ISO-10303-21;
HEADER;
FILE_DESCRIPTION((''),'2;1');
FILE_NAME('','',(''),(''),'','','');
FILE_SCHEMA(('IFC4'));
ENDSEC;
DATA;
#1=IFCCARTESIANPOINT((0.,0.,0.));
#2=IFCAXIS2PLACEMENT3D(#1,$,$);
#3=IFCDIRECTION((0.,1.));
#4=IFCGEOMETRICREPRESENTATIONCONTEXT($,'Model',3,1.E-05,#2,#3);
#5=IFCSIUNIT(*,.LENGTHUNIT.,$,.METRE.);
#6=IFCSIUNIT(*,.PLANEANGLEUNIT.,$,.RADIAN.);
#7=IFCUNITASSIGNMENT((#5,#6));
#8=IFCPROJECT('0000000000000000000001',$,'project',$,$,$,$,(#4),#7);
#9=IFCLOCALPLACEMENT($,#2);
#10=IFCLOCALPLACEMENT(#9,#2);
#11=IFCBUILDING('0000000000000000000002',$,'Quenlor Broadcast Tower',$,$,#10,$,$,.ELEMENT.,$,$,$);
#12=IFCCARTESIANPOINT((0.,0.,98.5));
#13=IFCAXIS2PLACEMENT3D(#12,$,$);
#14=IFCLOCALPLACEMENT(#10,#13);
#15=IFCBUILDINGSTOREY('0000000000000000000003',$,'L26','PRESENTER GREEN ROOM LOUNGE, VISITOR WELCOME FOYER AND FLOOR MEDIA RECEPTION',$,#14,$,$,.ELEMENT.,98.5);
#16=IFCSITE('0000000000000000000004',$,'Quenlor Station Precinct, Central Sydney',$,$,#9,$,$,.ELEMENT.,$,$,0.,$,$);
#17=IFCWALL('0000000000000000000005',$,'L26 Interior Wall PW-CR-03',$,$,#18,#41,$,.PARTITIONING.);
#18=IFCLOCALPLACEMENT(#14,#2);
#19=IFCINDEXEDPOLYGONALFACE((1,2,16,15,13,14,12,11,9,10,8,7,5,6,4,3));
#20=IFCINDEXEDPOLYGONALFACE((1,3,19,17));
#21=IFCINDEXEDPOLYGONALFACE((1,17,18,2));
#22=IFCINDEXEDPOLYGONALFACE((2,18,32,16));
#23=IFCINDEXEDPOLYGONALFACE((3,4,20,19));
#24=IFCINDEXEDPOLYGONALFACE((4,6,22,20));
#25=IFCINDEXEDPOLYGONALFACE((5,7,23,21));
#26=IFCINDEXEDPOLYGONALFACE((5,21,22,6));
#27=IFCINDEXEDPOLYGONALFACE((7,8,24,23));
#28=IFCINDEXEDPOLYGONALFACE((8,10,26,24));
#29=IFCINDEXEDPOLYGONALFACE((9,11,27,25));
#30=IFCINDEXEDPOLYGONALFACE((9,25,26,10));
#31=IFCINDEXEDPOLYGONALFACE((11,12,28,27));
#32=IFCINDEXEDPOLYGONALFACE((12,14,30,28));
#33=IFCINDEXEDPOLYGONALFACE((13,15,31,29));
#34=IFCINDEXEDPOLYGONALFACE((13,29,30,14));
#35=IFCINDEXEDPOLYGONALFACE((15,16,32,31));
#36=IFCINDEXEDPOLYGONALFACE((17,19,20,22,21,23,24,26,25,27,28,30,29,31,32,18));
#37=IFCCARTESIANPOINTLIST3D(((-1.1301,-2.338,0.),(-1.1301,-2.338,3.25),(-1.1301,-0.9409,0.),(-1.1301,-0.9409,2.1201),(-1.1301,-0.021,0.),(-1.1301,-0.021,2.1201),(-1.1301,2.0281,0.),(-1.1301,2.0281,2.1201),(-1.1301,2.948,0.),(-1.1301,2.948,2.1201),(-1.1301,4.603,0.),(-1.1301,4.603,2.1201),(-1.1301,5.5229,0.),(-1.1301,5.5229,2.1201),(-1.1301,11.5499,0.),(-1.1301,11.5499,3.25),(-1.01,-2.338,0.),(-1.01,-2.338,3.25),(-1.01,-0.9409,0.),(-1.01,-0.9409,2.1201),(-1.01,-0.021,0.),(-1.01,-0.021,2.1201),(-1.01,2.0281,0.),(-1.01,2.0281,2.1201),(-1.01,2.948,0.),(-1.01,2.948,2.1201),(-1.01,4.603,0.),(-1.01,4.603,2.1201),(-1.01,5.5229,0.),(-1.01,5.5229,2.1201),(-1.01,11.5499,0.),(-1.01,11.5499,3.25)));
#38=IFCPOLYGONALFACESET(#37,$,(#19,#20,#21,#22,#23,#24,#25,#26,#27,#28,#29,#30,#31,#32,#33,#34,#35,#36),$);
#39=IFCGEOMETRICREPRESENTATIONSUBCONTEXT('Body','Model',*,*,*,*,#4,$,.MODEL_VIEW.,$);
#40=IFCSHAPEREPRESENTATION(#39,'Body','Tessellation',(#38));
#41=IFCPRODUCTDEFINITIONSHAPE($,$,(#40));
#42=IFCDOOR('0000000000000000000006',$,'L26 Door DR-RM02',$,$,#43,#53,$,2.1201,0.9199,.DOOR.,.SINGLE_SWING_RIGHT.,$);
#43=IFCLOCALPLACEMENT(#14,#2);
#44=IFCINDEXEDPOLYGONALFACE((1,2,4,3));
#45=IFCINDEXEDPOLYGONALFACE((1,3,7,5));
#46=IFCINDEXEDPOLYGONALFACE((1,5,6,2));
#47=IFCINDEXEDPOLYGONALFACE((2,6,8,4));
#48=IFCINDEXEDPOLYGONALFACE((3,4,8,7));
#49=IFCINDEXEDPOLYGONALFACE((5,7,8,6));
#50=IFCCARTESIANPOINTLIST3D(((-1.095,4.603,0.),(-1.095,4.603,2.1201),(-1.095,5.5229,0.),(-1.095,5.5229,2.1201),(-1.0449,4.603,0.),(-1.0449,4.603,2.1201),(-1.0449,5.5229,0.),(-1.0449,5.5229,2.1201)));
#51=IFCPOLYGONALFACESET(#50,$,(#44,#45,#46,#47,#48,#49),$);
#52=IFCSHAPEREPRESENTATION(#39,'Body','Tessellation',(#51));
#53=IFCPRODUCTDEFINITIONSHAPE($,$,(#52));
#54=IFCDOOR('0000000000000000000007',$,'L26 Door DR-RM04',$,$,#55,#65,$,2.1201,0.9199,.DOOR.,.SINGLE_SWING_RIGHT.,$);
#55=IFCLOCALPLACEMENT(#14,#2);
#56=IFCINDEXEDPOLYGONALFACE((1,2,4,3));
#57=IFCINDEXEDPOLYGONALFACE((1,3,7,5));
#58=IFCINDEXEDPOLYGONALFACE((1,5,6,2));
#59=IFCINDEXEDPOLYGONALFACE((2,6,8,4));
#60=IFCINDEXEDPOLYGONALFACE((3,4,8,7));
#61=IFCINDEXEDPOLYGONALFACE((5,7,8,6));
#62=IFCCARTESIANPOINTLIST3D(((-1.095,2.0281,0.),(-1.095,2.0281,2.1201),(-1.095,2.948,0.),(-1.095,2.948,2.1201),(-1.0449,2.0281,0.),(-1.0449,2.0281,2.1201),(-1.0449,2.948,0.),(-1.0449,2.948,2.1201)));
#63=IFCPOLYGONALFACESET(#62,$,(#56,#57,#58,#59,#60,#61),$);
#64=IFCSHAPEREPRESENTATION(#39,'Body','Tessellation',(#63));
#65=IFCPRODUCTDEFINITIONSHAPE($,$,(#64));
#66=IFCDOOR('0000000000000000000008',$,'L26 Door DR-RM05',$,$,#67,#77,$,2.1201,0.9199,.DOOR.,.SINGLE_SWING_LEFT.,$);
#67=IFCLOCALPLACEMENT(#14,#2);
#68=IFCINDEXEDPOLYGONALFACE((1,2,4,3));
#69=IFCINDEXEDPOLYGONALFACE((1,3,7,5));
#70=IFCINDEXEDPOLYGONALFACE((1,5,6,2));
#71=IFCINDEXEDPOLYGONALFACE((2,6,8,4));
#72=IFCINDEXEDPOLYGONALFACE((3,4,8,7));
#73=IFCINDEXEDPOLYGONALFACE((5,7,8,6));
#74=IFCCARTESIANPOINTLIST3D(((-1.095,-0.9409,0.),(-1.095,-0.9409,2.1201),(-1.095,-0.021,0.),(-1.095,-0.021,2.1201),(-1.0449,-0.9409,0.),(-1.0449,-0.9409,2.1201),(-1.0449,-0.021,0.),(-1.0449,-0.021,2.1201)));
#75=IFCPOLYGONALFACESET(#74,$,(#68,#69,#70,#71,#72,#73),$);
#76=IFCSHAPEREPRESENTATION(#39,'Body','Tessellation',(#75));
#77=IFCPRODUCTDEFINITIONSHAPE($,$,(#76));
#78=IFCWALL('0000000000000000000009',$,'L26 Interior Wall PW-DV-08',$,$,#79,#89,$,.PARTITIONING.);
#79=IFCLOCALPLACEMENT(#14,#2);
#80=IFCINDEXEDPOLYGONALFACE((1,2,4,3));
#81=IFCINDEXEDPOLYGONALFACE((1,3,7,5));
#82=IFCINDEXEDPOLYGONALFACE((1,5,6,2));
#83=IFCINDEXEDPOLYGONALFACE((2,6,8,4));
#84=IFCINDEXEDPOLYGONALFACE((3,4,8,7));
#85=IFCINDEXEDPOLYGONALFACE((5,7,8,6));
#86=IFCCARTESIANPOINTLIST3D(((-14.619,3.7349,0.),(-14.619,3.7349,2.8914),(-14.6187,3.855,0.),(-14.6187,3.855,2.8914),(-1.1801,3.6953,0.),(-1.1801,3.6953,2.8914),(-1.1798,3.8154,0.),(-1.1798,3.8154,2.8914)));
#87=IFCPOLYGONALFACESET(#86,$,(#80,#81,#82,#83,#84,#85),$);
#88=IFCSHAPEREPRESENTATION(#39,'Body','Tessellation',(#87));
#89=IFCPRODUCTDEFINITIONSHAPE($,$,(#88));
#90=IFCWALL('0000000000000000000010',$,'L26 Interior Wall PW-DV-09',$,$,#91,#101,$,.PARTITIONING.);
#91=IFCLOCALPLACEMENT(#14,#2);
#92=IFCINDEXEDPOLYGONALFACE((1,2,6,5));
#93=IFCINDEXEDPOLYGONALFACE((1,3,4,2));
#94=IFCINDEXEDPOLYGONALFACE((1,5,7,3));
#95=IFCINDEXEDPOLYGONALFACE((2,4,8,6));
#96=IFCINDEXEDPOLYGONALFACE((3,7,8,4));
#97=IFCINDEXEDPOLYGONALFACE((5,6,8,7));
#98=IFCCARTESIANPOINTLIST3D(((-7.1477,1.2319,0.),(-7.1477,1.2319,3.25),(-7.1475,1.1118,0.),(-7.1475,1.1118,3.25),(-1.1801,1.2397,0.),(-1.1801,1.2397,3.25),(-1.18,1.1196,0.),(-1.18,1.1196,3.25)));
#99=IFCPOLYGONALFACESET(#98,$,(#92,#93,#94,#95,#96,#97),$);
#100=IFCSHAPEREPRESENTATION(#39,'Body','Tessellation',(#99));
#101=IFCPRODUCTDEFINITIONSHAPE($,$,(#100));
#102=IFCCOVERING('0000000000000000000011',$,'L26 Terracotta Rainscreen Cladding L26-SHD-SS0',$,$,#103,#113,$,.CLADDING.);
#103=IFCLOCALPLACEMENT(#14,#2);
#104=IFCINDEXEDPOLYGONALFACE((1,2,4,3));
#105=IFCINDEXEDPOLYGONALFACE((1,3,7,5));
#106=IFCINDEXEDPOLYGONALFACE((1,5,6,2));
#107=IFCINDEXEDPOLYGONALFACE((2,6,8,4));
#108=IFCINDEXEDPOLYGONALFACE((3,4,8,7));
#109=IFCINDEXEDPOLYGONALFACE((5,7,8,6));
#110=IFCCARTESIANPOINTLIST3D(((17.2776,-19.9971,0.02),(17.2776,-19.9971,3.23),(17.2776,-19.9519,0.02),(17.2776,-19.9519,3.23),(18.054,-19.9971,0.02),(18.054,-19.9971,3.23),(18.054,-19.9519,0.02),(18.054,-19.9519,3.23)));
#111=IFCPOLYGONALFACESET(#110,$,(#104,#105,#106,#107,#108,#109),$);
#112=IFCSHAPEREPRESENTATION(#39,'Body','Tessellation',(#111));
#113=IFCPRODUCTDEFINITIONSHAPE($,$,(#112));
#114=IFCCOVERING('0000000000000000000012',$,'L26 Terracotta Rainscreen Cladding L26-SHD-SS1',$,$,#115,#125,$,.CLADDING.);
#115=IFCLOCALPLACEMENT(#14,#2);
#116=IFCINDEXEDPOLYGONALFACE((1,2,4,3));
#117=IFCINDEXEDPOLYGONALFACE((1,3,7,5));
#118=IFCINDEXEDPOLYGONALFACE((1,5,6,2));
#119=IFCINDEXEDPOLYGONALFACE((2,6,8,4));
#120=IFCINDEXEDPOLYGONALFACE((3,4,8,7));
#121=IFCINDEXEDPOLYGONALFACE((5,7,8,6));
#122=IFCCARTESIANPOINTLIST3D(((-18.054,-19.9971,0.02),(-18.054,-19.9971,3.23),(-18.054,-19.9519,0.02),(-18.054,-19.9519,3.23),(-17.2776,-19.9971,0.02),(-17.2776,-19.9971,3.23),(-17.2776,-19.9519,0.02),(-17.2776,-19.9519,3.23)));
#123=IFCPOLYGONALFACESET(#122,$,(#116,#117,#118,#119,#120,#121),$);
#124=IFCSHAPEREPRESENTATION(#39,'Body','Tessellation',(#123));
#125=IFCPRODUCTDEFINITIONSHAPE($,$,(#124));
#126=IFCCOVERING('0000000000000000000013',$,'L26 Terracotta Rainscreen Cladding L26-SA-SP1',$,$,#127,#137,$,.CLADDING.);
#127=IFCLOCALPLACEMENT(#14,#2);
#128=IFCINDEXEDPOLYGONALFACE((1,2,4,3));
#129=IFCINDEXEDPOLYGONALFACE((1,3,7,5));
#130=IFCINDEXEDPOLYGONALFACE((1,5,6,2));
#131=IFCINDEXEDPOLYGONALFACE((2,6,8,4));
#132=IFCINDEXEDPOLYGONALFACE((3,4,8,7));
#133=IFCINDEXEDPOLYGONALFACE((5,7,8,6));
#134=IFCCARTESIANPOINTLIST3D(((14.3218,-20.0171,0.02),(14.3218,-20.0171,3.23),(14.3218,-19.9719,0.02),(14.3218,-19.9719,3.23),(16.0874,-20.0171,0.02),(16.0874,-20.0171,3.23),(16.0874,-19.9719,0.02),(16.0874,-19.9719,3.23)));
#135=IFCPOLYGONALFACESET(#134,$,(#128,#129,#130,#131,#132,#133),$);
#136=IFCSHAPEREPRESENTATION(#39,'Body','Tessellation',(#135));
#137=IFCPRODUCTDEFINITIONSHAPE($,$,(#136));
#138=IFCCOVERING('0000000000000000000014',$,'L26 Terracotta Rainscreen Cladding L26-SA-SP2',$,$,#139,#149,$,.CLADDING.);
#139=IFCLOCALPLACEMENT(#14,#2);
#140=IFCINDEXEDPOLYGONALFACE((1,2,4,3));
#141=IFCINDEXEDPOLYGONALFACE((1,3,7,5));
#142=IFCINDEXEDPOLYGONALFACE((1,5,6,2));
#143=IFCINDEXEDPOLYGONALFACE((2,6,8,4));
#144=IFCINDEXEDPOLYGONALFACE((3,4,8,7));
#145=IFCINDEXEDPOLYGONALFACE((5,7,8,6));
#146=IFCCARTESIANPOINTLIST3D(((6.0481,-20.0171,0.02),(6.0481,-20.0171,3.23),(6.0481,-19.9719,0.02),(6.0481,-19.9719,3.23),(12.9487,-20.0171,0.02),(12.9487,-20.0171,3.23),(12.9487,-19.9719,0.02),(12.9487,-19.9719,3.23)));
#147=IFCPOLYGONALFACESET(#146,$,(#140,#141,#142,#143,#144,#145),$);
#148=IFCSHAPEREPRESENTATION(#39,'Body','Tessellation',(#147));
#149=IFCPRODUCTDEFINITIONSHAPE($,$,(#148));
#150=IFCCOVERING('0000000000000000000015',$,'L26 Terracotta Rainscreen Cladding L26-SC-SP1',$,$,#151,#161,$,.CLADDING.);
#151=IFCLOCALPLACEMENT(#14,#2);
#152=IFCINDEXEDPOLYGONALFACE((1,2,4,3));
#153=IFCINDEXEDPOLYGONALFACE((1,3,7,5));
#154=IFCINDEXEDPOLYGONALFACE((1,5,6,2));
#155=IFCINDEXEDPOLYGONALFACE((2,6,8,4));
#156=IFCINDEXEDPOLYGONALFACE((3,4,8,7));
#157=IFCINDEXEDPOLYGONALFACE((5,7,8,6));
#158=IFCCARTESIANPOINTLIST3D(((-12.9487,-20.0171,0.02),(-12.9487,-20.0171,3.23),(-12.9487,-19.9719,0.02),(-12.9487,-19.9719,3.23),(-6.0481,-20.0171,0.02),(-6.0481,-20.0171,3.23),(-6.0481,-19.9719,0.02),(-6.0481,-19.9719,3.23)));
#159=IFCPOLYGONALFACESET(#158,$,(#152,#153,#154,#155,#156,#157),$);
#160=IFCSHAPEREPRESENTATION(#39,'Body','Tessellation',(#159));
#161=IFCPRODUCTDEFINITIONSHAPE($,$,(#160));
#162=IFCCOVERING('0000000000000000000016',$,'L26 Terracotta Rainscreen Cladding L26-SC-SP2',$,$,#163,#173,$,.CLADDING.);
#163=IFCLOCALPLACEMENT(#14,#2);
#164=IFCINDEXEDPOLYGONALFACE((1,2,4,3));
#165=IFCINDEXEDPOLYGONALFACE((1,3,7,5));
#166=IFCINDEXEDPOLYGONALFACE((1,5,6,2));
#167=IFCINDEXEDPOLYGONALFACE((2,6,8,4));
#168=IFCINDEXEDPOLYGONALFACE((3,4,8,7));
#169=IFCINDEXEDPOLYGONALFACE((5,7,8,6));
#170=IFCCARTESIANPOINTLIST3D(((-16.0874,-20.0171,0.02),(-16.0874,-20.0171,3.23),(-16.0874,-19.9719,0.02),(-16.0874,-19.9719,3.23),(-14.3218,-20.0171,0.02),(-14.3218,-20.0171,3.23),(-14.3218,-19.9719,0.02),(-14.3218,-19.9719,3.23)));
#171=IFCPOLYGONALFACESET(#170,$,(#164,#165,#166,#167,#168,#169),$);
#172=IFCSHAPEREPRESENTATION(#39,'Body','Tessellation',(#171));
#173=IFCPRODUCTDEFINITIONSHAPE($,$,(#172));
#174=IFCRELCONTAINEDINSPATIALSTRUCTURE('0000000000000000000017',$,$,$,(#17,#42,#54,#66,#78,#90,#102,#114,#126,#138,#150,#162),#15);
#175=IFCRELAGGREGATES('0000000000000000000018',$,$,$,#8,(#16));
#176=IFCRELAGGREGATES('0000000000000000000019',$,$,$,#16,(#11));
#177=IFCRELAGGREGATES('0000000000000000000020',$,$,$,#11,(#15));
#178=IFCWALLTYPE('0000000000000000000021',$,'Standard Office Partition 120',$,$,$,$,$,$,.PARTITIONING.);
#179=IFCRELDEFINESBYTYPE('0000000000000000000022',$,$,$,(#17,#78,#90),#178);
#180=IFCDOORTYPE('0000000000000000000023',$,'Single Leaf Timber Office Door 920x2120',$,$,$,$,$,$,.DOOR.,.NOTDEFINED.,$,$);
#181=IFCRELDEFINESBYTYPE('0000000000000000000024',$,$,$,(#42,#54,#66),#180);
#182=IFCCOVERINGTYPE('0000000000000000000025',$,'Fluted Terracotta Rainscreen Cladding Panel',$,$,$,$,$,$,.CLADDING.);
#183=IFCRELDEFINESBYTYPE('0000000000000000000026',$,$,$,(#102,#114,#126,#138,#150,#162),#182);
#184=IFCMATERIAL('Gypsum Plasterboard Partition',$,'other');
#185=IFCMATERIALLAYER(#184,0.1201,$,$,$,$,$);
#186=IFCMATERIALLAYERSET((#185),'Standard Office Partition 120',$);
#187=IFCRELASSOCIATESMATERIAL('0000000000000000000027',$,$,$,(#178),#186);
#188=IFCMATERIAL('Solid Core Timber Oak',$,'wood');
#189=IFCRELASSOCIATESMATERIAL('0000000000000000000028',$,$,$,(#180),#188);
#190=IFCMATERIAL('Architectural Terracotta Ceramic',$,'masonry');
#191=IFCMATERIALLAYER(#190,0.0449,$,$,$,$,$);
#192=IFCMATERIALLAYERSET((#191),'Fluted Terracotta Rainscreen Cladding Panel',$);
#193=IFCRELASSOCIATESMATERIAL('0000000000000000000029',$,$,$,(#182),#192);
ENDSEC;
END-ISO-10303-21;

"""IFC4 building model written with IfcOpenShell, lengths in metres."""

from ifc_helpers import new_model, si_unit, direction, frame, frame_2d, origin, place, context, subcontext, project, spatial, polyline, rectangle, outline, extrude, material, layer, layer_set, type_object, element, fill, save


model = new_model("IFC4")

# Units and contexts
model_context = context("Model", 3, precision=1e-05, world=origin(), true_north=direction((0.0, 1.0)))
body_context = subcontext(model_context, "Body", "Model", "MODEL_VIEW")
ifc_project = project(units=[si_unit("LENGTHUNIT", "METRE"), si_unit("PLANEANGLEUNIT", "RADIAN")], contexts=[model_context])

# Site, building, storey
site_placement = place(None, origin())
site = spatial("IfcSite", under=ifc_project, at=site_placement, Name="Quenlor Station Precinct, Central Sydney", CompositionType="ELEMENT", RefElevation=0.0)
building_placement = place(site_placement, origin())
building = spatial("IfcBuilding", under=site, at=building_placement, Name="Quenlor Broadcast Tower", CompositionType="ELEMENT")
storey_placement = place(building_placement, frame((0.0, 0.0, 98.5)))
storey = spatial("IfcBuildingStorey", under=building, at=storey_placement, Name="L26", Description="PRESENTER GREEN ROOM LOUNGE, VISITOR WELCOME FOYER AND FLOOR MEDIA RECEPTION", CompositionType="ELEMENT", Elevation=98.5)

# Shared definitions
ifc_material_1 = material(Name="Gypsum Plasterboard Partition", Category="other")
ifc_layer_1 = layer(ifc_material_1, 0.1201)
ifc_layer_set_1 = layer_set([ifc_layer_1], Name="Standard Office Partition 120")
wall_type = type_object("IfcWallType", Name="Standard Office Partition 120", PredefinedType="PARTITIONING", material=ifc_layer_set_1)

# Wall, openings, doors
wall_1_placement = place(storey_placement, frame((-1.0701, -2.3379, 0.0), z_axis=(0.0, 0.0, 1.0), x_axis=(0.0, 1.0, 0.0)))
wall_1 = element("IfcWall", 1, at=wall_1_placement, inside=storey, type_object=wall_type, Name="L26 Interior Wall PW-CR-03", PredefinedType="PARTITIONING", context=body_context, shape_type="SweptSolid", body=[
    extrude(rectangle(XDim=13.8879, YDim=0.1201, at=frame_2d((6.9438, 0.0))), origin(), (0.0, 0.0, 1.0), 3.25),
])
opening_1_placement = place(wall_1_placement, frame((6.9409, 0.0, 0.0)))
opening_1 = element("IfcOpeningElement", 2, at=opening_1_placement, cuts=wall_1, PredefinedType="OPENING", context=body_context, shape_type="SweptSolid", body=[
    extrude(rectangle(XDim=0.9199, YDim=2.1201, at=frame_2d((0.46, 1.0601))), frame((0.0, 0.0701, 0.0), z_axis=(0.0, -1.0, 0.0), x_axis=(1.0, 0.0, 0.0)), (0.0, 0.0, 1.0), 0.1401),
])
opening_2_placement = place(wall_1_placement, frame((4.366, 0.0, 0.0)))
opening_2 = element("IfcOpeningElement", 3, at=opening_2_placement, cuts=wall_1, PredefinedType="OPENING", context=body_context, shape_type="SweptSolid", body=[
    extrude(rectangle(XDim=0.9199, YDim=2.1201, at=frame_2d((0.46, 1.0601))), frame((0.0, 0.0701, 0.0), z_axis=(0.0, -1.0, 0.0), x_axis=(1.0, 0.0, 0.0)), (0.0, 0.0, 1.0), 0.1401),
])
opening_3_placement = place(wall_1_placement, frame((1.397, 0.0, 0.0)))
opening_3 = element("IfcOpeningElement", 4, at=opening_3_placement, cuts=wall_1, PredefinedType="OPENING", context=body_context, shape_type="SweptSolid", body=[
    extrude(rectangle(XDim=0.9199, YDim=2.1201, at=frame_2d((0.46, 1.0601))), frame((0.0, 0.0701, 0.0), z_axis=(0.0, -1.0, 0.0), x_axis=(1.0, 0.0, 0.0)), (0.0, 0.0, 1.0), 0.1401),
])
ifc_material_2 = material(Name="Solid Core Timber Oak", Category="wood")
door_type = type_object("IfcDoorType", Name="Single Leaf Timber Office Door 920x2120", OperationType="NOTDEFINED", PredefinedType="DOOR", material=ifc_material_2)
door_1_placement = place(opening_1_placement, origin())
door_1 = element("IfcDoor", 5, at=door_1_placement, inside=storey, type_object=door_type, Name="L26 Door DR-RM02", OperationType="SINGLE_SWING_RIGHT", OverallHeight=2.1201, OverallWidth=0.9199, PredefinedType="DOOR", context=body_context, shape_type="SweptSolid", body=[
    extrude(rectangle(XDim=0.9199, YDim=2.1201, at=frame_2d((0.46, 1.0601))), frame((0.0, 0.0249, 0.0), z_axis=(0.0, -1.0, 0.0), x_axis=(1.0, 0.0, 0.0)), (0.0, 0.0, 1.0), 0.05),
])
fill(opening_1, door_1)
door_2_placement = place(opening_2_placement, origin())
door_2 = element("IfcDoor", 6, at=door_2_placement, inside=storey, type_object=door_type, Name="L26 Door DR-RM04", OperationType="SINGLE_SWING_RIGHT", OverallHeight=2.1201, OverallWidth=0.9199, PredefinedType="DOOR", context=body_context, shape_type="SweptSolid", body=[
    extrude(rectangle(XDim=0.9199, YDim=2.1201, at=frame_2d((0.46, 1.0601))), frame((0.0, 0.0249, 0.0), z_axis=(0.0, -1.0, 0.0), x_axis=(1.0, 0.0, 0.0)), (0.0, 0.0, 1.0), 0.05),
])
fill(opening_2, door_2)
door_3_placement = place(opening_3_placement, origin())
door_3 = element("IfcDoor", 7, at=door_3_placement, inside=storey, type_object=door_type, Name="L26 Door DR-RM05", OperationType="SINGLE_SWING_LEFT", OverallHeight=2.1201, OverallWidth=0.9199, PredefinedType="DOOR", context=body_context, shape_type="SweptSolid", body=[
    extrude(rectangle(XDim=0.9199, YDim=2.1201, at=frame_2d((0.46, 1.0601))), frame((0.0, 0.0249, 0.0), z_axis=(0.0, -1.0, 0.0), x_axis=(1.0, 0.0, 0.0)), (0.0, 0.0, 1.0), 0.05),
])
fill(opening_3, door_3)

# Walls
wall_2_placement = place(storey_placement, frame((-1.1799, 3.7554, 0.0), z_axis=(0.0, 0.0, 1.0), x_axis=(-0.999996, 0.002943, 0.0)))
element("IfcWall", 8, at=wall_2_placement, inside=storey, type_object=wall_type, Name="L26 Interior Wall PW-DV-08", PredefinedType="PARTITIONING", context=body_context, shape_type="SweptSolid", body=[
    extrude(rectangle(XDim=13.439, YDim=0.1201, at=frame_2d((6.7195, 0.0))), origin(), (0.0, 0.0, 1.0), 2.8914),
])
wall_3_placement = place(storey_placement, frame((-1.1799, 1.1797, 0.0), z_axis=(0.0, 0.0, 1.0), x_axis=(-0.999999, -0.001309, 0.0)))
element("IfcWall", 9, at=wall_3_placement, inside=storey, type_object=wall_type, Name="L26 Interior Wall PW-DV-09", PredefinedType="PARTITIONING", context=body_context, shape_type="SweptSolid", body=[
    extrude(rectangle(XDim=5.9675, YDim=0.1201, at=frame_2d((2.9839, 0.0))), origin(), (0.0, 0.0, 1.0), 3.25),
])

# Coverings
ifc_material_3 = material(Name="Architectural Terracotta Ceramic", Category="masonry")
ifc_layer_2 = layer(ifc_material_3, 0.0449)
ifc_layer_set_2 = layer_set([ifc_layer_2], Name="Fluted Terracotta Rainscreen Cladding Panel")
covering_type = type_object("IfcCoveringType", Name="Fluted Terracotta Rainscreen Cladding Panel", PredefinedType="CLADDING", material=ifc_layer_set_2)
covering_1_placement = place(storey_placement, frame((0.0, 0.0, 0.02)))
element("IfcCovering", 10, at=covering_1_placement, inside=storey, type_object=covering_type, Name="L26 Terracotta Rainscreen Cladding L26-SHD-SS0", PredefinedType="CLADDING", context=body_context, shape_type="SweptSolid", body=[
    extrude(outline(polyline([(18.054, -19.9519), (17.2776, -19.9519), (17.2776, -19.9971), (18.054, -19.9971), (18.054, -19.9519)])), origin(), (0.0, 0.0, 1.0), 3.21),
])
covering_2_placement = place(storey_placement, frame((0.0, 0.0, 0.02)))
element("IfcCovering", 11, at=covering_2_placement, inside=storey, type_object=covering_type, Name="L26 Terracotta Rainscreen Cladding L26-SHD-SS1", PredefinedType="CLADDING", context=body_context, shape_type="SweptSolid", body=[
    extrude(outline(polyline([(-17.2776, -19.9519), (-18.054, -19.9519), (-18.054, -19.9971), (-17.2776, -19.9971), (-17.2776, -19.9519)])), origin(), (0.0, 0.0, 1.0), 3.21),
])
covering_3_placement = place(storey_placement, frame((0.0, 0.0, 0.02)))
element("IfcCovering", 12, at=covering_3_placement, inside=storey, type_object=covering_type, Name="L26 Terracotta Rainscreen Cladding L26-SA-SP1", PredefinedType="CLADDING", context=body_context, shape_type="SweptSolid", body=[
    extrude(outline(polyline([(16.0874, -19.9719), (14.3218, -19.9719), (14.3218, -20.0171), (16.0874, -20.0171), (16.0874, -19.9719)])), origin(), (0.0, 0.0, 1.0), 3.21),
])
covering_4_placement = place(storey_placement, frame((0.0, 0.0, 0.02)))
element("IfcCovering", 13, at=covering_4_placement, inside=storey, type_object=covering_type, Name="L26 Terracotta Rainscreen Cladding L26-SA-SP2", PredefinedType="CLADDING", context=body_context, shape_type="SweptSolid", body=[
    extrude(outline(polyline([(12.9487, -19.9719), (6.0481, -19.9719), (6.0481, -20.0171), (12.9487, -20.0171), (12.9487, -19.9719)])), origin(), (0.0, 0.0, 1.0), 3.21),
])
covering_5_placement = place(storey_placement, frame((0.0, 0.0, 0.02)))
element("IfcCovering", 14, at=covering_5_placement, inside=storey, type_object=covering_type, Name="L26 Terracotta Rainscreen Cladding L26-SC-SP1", PredefinedType="CLADDING", context=body_context, shape_type="SweptSolid", body=[
    extrude(outline(polyline([(-6.0481, -19.9719), (-12.9487, -19.9719), (-12.9487, -20.0171), (-6.0481, -20.0171), (-6.0481, -19.9719)])), origin(), (0.0, 0.0, 1.0), 3.21),
])
covering_6_placement = place(storey_placement, frame((0.0, 0.0, 0.02)))
element("IfcCovering", 15, at=covering_6_placement, inside=storey, type_object=covering_type, Name="L26 Terracotta Rainscreen Cladding L26-SC-SP2", PredefinedType="CLADDING", context=body_context, shape_type="SweptSolid", body=[
    extrude(outline(polyline([(-14.3218, -19.9719), (-16.0874, -19.9719), (-16.0874, -20.0171), (-14.3218, -20.0171), (-14.3218, -19.9719)])), origin(), (0.0, 0.0, 1.0), 3.21),
])

save(model, "model.ifc")
